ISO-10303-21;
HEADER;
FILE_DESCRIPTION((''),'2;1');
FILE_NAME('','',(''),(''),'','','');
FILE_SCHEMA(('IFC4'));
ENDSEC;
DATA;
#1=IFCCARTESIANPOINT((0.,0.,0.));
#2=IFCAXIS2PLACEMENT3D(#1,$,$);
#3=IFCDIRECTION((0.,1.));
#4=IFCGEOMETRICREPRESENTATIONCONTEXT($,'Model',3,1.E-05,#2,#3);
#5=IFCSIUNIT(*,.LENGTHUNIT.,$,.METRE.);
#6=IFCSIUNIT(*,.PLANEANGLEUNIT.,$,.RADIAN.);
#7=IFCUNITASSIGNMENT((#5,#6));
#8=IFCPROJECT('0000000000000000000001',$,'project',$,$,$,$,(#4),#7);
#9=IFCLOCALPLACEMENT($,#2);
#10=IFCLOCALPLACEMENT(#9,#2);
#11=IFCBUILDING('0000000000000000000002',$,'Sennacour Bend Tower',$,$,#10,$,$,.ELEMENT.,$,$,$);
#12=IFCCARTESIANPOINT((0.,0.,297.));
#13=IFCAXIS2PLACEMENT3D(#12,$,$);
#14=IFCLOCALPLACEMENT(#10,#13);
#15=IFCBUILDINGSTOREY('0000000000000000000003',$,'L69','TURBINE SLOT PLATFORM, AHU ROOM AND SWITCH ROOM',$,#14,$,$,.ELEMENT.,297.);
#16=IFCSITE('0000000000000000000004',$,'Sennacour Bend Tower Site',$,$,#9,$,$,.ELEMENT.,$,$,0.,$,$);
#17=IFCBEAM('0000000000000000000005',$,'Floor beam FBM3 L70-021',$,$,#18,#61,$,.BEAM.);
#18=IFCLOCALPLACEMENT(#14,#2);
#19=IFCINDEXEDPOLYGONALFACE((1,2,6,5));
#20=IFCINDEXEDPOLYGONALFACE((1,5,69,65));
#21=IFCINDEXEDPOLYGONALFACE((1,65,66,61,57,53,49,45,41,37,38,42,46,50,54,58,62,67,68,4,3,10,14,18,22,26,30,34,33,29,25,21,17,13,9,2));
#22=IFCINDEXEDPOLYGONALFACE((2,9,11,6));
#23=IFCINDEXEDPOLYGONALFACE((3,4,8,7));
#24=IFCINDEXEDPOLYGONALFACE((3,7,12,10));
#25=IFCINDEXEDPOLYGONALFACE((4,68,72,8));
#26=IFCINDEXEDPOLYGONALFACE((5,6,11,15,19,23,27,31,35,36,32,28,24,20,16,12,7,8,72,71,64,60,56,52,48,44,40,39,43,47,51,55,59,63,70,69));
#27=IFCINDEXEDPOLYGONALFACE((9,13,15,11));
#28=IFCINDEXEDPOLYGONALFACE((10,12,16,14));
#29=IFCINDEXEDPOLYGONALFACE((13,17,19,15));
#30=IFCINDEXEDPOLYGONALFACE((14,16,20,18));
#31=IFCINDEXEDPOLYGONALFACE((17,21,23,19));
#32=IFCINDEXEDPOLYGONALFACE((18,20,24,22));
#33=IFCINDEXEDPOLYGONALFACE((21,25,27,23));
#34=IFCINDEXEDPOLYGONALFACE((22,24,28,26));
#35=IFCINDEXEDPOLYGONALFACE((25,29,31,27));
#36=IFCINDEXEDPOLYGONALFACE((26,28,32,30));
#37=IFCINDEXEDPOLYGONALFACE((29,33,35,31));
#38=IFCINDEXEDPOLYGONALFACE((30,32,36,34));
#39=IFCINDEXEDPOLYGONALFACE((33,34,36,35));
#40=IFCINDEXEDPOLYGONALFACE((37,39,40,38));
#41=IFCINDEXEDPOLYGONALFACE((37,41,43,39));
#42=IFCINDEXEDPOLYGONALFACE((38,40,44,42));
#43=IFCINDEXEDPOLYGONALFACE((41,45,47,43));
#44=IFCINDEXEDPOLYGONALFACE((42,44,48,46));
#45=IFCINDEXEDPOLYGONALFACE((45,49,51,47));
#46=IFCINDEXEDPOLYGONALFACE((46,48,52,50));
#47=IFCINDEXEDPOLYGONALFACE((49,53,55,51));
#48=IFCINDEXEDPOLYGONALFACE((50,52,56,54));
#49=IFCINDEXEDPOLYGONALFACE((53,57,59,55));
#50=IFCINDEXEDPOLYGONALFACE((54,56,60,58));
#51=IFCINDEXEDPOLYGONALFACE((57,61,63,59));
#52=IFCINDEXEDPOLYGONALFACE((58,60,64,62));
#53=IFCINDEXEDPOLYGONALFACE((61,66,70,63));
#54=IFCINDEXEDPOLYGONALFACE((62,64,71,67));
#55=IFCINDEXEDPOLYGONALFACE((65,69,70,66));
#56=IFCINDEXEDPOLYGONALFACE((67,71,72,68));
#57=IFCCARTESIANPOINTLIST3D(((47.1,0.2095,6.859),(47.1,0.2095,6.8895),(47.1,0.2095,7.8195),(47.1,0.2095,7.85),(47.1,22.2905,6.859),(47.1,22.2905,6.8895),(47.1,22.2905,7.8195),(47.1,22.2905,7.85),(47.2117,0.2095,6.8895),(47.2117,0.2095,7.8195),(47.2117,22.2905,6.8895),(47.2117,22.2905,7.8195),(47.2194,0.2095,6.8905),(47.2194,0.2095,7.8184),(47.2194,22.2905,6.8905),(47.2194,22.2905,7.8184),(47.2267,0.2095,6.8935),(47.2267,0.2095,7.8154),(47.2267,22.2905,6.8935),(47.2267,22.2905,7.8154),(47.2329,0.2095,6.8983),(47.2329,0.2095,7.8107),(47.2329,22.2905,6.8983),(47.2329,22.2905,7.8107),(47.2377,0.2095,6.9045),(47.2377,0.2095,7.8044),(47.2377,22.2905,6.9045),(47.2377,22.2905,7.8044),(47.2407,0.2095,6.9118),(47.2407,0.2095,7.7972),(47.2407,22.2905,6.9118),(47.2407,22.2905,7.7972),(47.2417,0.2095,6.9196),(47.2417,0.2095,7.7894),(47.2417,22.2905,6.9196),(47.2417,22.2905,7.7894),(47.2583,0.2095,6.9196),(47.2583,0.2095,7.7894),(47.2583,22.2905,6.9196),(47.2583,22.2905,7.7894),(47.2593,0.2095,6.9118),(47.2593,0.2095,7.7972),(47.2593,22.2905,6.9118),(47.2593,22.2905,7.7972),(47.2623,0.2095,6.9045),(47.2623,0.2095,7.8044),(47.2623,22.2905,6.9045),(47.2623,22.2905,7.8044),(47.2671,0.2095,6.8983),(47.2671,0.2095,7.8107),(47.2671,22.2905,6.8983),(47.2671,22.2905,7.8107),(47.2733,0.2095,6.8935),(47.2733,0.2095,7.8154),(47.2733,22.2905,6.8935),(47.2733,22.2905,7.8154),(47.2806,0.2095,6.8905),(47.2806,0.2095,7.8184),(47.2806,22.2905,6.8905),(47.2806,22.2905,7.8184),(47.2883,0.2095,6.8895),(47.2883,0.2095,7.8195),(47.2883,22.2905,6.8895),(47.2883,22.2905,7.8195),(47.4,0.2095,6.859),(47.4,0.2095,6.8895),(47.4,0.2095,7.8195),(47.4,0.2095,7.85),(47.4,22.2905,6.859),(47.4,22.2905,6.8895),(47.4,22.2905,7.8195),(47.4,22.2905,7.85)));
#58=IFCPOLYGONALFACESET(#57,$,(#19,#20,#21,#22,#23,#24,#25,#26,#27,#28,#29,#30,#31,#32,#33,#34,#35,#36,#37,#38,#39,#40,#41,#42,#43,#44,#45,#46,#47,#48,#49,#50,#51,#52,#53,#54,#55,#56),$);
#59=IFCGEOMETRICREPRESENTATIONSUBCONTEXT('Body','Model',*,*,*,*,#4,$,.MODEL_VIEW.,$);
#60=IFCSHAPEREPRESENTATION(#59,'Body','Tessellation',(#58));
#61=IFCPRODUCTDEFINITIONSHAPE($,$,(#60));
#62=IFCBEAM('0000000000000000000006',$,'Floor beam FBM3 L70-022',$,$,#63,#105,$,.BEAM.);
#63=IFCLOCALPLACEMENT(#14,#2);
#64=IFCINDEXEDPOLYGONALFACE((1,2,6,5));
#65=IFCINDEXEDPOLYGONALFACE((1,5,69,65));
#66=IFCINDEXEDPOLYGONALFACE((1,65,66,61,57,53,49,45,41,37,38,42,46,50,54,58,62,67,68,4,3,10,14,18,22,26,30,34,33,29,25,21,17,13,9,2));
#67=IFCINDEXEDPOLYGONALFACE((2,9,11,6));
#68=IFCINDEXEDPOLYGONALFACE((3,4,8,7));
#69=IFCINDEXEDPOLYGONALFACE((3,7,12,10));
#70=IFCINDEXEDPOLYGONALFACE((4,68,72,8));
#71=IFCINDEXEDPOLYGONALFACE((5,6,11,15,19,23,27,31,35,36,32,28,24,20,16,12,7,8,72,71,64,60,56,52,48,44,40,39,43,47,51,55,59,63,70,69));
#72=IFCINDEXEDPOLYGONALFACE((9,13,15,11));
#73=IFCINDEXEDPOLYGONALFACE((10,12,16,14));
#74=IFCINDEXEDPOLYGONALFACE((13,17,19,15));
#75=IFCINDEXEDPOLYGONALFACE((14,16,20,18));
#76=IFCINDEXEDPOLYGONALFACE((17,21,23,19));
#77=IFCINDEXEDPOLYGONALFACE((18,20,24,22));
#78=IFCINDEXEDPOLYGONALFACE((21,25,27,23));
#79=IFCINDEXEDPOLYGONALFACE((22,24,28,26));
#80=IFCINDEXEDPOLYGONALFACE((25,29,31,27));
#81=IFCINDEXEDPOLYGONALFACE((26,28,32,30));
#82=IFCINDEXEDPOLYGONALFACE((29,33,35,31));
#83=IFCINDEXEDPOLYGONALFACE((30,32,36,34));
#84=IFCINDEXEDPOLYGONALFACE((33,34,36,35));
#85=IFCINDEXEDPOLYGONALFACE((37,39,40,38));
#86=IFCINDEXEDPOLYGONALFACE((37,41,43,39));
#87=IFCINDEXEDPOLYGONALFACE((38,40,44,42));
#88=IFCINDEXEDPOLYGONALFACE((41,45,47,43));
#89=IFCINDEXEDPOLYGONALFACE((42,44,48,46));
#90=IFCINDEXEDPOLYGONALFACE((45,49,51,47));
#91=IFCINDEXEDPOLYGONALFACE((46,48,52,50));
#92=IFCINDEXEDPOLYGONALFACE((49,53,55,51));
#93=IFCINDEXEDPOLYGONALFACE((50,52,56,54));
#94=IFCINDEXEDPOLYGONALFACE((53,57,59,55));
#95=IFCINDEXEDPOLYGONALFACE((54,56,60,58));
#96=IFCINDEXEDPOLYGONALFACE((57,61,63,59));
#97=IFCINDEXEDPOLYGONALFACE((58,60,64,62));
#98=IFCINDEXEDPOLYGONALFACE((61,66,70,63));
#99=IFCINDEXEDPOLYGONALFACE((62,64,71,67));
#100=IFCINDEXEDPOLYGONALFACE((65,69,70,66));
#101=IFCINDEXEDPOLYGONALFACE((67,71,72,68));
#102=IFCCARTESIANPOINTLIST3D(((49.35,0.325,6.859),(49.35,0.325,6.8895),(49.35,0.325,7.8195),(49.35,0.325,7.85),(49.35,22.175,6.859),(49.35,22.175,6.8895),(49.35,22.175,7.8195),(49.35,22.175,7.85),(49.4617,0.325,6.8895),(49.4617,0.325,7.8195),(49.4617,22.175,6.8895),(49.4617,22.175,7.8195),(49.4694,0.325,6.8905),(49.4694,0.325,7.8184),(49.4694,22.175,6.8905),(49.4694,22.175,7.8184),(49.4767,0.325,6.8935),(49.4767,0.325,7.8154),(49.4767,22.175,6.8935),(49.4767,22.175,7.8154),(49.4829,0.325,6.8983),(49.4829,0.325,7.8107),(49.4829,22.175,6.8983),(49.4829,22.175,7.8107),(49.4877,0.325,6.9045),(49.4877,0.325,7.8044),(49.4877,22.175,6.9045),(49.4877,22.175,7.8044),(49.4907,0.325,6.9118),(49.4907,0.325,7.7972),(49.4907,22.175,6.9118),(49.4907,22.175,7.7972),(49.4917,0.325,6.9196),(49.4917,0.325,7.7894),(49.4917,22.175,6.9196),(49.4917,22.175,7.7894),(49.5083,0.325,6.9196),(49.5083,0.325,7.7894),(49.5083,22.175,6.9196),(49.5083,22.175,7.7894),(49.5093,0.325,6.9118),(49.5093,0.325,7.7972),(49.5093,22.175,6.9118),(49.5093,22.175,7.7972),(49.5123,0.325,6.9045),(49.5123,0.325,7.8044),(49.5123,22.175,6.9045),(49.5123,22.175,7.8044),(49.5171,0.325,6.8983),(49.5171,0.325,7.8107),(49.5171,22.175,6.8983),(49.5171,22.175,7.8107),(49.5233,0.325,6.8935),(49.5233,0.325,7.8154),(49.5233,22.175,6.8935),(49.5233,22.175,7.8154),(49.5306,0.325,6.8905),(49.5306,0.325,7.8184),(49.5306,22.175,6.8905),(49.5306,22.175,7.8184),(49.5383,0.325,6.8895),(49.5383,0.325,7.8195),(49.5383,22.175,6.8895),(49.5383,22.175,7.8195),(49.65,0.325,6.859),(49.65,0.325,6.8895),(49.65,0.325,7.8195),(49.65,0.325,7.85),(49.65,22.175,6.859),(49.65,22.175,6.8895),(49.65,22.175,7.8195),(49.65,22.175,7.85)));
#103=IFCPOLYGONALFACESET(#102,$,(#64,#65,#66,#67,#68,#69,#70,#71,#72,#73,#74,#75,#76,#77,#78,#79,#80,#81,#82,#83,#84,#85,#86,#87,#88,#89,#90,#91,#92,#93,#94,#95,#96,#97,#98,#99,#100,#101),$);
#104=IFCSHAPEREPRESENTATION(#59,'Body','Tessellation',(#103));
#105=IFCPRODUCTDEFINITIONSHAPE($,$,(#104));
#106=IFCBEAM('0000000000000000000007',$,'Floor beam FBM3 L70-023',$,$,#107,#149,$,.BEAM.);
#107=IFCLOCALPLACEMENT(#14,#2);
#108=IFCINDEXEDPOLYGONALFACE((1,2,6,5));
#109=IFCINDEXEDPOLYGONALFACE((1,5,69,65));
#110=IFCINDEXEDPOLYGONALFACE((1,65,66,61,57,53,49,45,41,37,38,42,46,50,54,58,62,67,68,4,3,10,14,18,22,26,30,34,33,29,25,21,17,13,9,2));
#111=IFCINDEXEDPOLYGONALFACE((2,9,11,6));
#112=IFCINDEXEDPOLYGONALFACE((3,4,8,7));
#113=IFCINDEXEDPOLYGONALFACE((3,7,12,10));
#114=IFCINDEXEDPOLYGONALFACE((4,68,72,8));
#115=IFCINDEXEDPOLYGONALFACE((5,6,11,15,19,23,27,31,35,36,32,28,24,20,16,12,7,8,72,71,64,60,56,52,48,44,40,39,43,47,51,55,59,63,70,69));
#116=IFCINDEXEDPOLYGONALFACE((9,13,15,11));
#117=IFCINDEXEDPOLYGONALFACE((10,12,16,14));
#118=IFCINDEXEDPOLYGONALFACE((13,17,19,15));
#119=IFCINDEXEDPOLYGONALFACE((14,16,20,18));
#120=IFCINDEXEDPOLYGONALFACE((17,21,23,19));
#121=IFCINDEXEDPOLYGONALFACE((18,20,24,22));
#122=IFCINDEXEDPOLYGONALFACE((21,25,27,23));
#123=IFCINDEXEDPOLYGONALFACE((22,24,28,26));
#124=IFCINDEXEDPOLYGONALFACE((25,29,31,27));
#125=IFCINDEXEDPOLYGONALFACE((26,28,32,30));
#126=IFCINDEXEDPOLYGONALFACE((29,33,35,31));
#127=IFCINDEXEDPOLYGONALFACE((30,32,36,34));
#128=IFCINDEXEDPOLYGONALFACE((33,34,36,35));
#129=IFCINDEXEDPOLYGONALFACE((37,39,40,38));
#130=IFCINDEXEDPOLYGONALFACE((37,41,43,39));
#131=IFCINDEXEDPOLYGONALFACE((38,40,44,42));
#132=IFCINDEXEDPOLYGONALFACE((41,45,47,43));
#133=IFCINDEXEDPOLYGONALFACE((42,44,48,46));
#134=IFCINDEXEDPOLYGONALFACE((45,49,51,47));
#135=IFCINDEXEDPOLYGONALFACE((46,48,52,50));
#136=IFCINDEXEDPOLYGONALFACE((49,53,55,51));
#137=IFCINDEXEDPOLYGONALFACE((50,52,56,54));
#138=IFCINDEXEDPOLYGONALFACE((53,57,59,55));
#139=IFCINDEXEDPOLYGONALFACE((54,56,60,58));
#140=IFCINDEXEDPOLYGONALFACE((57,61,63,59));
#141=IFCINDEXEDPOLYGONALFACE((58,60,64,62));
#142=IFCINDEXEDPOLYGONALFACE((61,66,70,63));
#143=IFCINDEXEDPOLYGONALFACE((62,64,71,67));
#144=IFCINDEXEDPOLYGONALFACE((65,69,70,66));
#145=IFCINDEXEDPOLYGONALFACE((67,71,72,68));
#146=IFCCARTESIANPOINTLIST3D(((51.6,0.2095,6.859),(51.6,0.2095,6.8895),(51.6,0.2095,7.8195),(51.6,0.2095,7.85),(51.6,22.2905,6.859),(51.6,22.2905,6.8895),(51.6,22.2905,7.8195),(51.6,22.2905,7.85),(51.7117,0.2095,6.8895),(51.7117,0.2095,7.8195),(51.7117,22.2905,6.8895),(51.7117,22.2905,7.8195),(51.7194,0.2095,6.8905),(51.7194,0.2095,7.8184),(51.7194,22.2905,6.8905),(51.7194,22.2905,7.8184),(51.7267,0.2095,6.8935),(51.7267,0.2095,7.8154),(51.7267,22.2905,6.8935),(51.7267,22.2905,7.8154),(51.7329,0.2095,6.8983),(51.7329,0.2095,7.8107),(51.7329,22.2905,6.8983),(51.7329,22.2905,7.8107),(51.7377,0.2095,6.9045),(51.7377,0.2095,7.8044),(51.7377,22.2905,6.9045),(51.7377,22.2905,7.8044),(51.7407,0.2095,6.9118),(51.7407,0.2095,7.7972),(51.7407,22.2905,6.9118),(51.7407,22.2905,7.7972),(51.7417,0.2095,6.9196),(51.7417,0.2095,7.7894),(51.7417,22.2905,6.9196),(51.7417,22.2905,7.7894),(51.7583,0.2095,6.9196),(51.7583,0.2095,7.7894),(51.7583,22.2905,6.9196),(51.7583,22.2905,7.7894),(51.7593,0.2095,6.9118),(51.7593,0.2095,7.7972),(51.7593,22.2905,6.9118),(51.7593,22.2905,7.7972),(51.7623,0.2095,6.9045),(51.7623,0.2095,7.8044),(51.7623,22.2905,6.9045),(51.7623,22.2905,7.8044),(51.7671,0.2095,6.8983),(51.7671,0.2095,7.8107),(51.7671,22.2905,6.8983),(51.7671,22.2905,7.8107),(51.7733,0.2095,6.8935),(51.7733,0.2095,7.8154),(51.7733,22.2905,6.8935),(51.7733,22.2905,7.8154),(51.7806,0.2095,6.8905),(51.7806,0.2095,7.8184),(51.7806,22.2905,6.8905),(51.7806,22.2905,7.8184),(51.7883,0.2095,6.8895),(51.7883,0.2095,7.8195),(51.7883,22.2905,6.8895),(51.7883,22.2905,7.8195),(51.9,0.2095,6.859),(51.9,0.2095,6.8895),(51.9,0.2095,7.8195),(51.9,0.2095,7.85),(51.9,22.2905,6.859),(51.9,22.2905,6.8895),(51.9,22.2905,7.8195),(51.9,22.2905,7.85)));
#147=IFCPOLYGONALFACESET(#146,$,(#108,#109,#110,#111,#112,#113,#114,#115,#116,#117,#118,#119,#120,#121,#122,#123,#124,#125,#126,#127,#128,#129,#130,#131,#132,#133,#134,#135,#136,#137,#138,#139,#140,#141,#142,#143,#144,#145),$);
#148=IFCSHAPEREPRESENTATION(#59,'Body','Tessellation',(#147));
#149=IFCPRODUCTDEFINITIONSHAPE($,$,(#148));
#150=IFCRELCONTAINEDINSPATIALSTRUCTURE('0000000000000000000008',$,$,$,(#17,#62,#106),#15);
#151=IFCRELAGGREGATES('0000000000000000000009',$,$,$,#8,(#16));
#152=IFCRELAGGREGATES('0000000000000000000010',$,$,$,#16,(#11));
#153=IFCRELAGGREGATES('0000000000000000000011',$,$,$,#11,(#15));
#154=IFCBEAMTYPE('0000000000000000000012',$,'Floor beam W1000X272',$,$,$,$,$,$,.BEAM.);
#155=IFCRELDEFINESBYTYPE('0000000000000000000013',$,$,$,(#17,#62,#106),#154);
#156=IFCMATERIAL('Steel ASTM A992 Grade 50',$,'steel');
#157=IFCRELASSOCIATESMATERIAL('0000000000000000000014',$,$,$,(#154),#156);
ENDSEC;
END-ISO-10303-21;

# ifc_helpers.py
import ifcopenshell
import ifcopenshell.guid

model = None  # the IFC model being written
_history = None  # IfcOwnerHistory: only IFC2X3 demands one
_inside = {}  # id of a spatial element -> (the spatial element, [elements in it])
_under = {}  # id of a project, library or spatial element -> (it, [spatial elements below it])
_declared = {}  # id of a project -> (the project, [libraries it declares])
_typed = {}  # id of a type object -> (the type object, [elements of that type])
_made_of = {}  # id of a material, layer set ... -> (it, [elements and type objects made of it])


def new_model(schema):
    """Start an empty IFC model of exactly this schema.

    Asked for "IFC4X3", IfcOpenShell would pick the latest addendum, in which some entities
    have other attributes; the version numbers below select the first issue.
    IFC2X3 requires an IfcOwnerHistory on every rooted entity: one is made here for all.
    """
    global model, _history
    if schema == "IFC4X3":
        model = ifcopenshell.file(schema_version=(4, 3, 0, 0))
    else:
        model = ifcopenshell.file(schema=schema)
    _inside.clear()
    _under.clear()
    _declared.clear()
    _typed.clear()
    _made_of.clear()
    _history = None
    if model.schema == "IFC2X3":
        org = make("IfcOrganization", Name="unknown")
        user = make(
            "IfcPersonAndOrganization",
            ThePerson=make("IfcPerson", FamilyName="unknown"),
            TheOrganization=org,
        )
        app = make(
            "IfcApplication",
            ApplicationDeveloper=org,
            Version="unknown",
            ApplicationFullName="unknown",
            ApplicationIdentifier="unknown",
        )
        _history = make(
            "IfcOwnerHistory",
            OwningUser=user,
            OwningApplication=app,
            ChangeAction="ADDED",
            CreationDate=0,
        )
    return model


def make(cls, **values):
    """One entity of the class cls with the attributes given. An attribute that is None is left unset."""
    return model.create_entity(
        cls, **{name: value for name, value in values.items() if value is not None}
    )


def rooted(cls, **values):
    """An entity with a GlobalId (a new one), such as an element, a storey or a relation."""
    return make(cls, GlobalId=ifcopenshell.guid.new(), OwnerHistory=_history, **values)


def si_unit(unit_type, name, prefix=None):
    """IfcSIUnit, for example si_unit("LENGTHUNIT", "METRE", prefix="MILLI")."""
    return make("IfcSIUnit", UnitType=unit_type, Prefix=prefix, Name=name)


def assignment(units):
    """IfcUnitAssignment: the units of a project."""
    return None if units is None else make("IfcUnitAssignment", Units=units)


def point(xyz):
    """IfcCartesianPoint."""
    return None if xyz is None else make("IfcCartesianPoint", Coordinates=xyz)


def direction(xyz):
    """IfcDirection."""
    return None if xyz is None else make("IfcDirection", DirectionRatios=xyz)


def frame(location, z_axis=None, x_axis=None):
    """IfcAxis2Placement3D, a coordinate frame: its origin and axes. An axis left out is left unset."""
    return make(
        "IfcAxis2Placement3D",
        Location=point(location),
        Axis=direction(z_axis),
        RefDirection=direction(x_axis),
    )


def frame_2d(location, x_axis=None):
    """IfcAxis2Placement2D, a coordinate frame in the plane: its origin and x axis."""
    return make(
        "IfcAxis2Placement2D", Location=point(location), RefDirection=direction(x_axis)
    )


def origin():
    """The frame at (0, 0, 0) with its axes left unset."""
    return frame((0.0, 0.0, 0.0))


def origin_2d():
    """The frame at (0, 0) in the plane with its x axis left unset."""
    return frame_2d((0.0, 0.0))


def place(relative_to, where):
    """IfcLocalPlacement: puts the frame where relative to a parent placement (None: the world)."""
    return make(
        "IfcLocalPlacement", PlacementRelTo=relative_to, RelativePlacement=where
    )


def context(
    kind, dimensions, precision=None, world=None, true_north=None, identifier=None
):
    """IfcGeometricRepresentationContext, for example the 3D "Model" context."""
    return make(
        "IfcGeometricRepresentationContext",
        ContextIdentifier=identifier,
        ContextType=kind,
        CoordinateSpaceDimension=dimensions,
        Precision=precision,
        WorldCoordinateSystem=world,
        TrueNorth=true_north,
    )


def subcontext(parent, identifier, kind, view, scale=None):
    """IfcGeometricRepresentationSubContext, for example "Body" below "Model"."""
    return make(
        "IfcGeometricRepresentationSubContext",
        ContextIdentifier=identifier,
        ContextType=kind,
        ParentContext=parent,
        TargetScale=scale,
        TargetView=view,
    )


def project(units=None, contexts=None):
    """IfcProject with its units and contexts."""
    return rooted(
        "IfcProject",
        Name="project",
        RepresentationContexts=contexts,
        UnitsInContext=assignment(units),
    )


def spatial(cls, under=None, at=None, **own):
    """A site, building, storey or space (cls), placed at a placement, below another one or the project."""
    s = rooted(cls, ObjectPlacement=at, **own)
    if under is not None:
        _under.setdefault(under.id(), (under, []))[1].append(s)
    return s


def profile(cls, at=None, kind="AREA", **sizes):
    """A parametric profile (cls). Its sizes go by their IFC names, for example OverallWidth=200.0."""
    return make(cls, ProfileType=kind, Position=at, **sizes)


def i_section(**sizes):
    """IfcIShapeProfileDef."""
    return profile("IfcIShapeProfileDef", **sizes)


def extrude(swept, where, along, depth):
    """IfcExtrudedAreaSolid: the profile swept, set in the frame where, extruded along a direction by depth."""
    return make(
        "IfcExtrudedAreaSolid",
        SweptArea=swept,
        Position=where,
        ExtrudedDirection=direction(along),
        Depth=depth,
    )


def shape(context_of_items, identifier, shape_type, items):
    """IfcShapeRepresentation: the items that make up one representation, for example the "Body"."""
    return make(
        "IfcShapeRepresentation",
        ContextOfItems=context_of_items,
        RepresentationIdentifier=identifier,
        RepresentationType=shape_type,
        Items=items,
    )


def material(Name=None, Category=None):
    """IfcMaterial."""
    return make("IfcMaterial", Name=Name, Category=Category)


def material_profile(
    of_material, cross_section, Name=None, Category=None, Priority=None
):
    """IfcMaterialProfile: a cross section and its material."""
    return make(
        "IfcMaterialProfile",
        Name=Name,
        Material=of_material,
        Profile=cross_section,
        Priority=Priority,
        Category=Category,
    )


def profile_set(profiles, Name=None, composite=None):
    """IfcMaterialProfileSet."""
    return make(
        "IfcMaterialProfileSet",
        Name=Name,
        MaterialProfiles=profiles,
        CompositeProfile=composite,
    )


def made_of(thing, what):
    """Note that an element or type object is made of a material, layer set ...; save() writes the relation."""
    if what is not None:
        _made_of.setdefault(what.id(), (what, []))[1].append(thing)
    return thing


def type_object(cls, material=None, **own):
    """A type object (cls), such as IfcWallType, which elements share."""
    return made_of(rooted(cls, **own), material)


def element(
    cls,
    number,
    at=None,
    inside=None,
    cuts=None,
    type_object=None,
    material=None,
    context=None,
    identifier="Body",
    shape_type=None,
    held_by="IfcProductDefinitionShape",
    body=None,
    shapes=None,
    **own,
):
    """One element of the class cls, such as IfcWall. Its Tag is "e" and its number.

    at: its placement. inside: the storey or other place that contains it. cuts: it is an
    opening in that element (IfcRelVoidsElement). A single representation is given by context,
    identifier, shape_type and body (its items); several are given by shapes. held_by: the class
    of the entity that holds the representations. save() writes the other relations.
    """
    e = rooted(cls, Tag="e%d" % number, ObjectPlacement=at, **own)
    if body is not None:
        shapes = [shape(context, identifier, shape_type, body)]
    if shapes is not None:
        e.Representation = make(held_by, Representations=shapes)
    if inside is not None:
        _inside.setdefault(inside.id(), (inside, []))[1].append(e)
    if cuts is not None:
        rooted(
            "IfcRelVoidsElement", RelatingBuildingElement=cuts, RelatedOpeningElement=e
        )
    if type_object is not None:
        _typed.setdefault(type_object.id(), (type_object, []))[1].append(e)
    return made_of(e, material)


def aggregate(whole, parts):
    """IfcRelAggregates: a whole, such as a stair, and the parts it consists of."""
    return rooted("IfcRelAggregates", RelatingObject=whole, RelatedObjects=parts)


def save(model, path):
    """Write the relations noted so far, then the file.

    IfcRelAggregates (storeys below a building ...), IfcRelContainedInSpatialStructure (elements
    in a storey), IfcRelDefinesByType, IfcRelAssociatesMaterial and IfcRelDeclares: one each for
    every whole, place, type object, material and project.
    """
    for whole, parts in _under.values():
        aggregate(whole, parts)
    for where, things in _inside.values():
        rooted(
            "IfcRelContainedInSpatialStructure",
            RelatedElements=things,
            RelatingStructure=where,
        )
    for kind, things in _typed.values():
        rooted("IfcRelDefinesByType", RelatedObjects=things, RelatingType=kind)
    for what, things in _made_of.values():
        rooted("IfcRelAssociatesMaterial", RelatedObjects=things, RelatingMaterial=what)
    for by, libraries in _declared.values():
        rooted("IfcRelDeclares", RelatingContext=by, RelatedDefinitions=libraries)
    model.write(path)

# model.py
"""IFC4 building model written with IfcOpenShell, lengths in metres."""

from ifc_helpers import new_model, si_unit, direction, frame, origin, origin_2d, place, context, subcontext, project, spatial, i_section, extrude, material, material_profile, profile_set, type_object, element, save


model = new_model("IFC4")

# Units and contexts
model_context = context("Model", 3, precision=1e-05, world=origin(), true_north=direction((0.0, 1.0)))
body_context = subcontext(model_context, "Body", "Model", "MODEL_VIEW")
ifc_project = project(units=[si_unit("LENGTHUNIT", "METRE"), si_unit("PLANEANGLEUNIT", "RADIAN")], contexts=[model_context])

# Site, building, storey
site_placement = place(None, origin())
site = spatial("IfcSite", under=ifc_project, at=site_placement, Name="Sennacour Bend Tower Site", CompositionType="ELEMENT", RefElevation=0.0)
building_placement = place(site_placement, origin())
building = spatial("IfcBuilding", under=site, at=building_placement, Name="Sennacour Bend Tower", CompositionType="ELEMENT")
storey_placement = place(building_placement, frame((0.0, 0.0, 297.0)))
storey = spatial("IfcBuildingStorey", under=building, at=storey_placement, Name="L69", Description="TURBINE SLOT PLATFORM, AHU ROOM AND SWITCH ROOM", CompositionType="ELEMENT", Elevation=297.0)

# Shared definitions
ifc_material_1 = material(Name="Steel ASTM A992 Grade 50", Category="steel")

# Beams
ifc_material_profile_1 = material_profile(ifc_material_1, i_section(OverallWidth=0.3, OverallDepth=0.991, WebThickness=0.0166, FlangeThickness=0.0305, FilletRadius=0.03, at=origin_2d()), Name="Steel ASTM A992 Grade 50", Category="steel")
ifc_profile_set_1 = profile_set([ifc_material_profile_1], Name="Steel ASTM A992 Grade 50")
beam_type = type_object("IfcBeamType", Name="Floor beam W1000X272", PredefinedType="BEAM", material=ifc_profile_set_1)
beam_1_placement = place(storey_placement, frame((47.25, 0.2095, 7.3545), z_axis=(0.0, 1.0, 0.0), x_axis=(-1.0, 0.0, 0.0)))
element("IfcBeam", 1, at=beam_1_placement, inside=storey, type_object=beam_type, Name="Floor beam FBM3 L70-021", PredefinedType="BEAM", context=body_context, shape_type="SweptSolid", body=[
    extrude(i_section(OverallWidth=0.3, OverallDepth=0.991, WebThickness=0.0166, FlangeThickness=0.0305, FilletRadius=0.03, at=origin_2d()), origin(), (0.0, 0.0, 1.0), 22.0811),
])
beam_2_placement = place(storey_placement, frame((49.5, 0.325, 7.3545), z_axis=(0.0, 1.0, 0.0), x_axis=(-1.0, 0.0, 0.0)))
element("IfcBeam", 2, at=beam_2_placement, inside=storey, type_object=beam_type, Name="Floor beam FBM3 L70-022", PredefinedType="BEAM", context=body_context, shape_type="SweptSolid", body=[
    extrude(i_section(OverallWidth=0.3, OverallDepth=0.991, WebThickness=0.0166, FlangeThickness=0.0305, FilletRadius=0.03, at=origin_2d()), origin(), (0.0, 0.0, 1.0), 21.8501),
])
beam_3_placement = place(storey_placement, frame((51.75, 0.2095, 7.3545), z_axis=(0.0, 1.0, 0.0), x_axis=(-1.0, 0.0, 0.0)))
element("IfcBeam", 3, at=beam_3_placement, inside=storey, type_object=beam_type, Name="Floor beam FBM3 L70-023", PredefinedType="BEAM", context=body_context, shape_type="SweptSolid", body=[
    extrude(i_section(OverallWidth=0.3, OverallDepth=0.991, WebThickness=0.0166, FlangeThickness=0.0305, FilletRadius=0.03, at=origin_2d()), origin(), (0.0, 0.0, 1.0), 22.0811),
])

save(model, "model.ifc")
